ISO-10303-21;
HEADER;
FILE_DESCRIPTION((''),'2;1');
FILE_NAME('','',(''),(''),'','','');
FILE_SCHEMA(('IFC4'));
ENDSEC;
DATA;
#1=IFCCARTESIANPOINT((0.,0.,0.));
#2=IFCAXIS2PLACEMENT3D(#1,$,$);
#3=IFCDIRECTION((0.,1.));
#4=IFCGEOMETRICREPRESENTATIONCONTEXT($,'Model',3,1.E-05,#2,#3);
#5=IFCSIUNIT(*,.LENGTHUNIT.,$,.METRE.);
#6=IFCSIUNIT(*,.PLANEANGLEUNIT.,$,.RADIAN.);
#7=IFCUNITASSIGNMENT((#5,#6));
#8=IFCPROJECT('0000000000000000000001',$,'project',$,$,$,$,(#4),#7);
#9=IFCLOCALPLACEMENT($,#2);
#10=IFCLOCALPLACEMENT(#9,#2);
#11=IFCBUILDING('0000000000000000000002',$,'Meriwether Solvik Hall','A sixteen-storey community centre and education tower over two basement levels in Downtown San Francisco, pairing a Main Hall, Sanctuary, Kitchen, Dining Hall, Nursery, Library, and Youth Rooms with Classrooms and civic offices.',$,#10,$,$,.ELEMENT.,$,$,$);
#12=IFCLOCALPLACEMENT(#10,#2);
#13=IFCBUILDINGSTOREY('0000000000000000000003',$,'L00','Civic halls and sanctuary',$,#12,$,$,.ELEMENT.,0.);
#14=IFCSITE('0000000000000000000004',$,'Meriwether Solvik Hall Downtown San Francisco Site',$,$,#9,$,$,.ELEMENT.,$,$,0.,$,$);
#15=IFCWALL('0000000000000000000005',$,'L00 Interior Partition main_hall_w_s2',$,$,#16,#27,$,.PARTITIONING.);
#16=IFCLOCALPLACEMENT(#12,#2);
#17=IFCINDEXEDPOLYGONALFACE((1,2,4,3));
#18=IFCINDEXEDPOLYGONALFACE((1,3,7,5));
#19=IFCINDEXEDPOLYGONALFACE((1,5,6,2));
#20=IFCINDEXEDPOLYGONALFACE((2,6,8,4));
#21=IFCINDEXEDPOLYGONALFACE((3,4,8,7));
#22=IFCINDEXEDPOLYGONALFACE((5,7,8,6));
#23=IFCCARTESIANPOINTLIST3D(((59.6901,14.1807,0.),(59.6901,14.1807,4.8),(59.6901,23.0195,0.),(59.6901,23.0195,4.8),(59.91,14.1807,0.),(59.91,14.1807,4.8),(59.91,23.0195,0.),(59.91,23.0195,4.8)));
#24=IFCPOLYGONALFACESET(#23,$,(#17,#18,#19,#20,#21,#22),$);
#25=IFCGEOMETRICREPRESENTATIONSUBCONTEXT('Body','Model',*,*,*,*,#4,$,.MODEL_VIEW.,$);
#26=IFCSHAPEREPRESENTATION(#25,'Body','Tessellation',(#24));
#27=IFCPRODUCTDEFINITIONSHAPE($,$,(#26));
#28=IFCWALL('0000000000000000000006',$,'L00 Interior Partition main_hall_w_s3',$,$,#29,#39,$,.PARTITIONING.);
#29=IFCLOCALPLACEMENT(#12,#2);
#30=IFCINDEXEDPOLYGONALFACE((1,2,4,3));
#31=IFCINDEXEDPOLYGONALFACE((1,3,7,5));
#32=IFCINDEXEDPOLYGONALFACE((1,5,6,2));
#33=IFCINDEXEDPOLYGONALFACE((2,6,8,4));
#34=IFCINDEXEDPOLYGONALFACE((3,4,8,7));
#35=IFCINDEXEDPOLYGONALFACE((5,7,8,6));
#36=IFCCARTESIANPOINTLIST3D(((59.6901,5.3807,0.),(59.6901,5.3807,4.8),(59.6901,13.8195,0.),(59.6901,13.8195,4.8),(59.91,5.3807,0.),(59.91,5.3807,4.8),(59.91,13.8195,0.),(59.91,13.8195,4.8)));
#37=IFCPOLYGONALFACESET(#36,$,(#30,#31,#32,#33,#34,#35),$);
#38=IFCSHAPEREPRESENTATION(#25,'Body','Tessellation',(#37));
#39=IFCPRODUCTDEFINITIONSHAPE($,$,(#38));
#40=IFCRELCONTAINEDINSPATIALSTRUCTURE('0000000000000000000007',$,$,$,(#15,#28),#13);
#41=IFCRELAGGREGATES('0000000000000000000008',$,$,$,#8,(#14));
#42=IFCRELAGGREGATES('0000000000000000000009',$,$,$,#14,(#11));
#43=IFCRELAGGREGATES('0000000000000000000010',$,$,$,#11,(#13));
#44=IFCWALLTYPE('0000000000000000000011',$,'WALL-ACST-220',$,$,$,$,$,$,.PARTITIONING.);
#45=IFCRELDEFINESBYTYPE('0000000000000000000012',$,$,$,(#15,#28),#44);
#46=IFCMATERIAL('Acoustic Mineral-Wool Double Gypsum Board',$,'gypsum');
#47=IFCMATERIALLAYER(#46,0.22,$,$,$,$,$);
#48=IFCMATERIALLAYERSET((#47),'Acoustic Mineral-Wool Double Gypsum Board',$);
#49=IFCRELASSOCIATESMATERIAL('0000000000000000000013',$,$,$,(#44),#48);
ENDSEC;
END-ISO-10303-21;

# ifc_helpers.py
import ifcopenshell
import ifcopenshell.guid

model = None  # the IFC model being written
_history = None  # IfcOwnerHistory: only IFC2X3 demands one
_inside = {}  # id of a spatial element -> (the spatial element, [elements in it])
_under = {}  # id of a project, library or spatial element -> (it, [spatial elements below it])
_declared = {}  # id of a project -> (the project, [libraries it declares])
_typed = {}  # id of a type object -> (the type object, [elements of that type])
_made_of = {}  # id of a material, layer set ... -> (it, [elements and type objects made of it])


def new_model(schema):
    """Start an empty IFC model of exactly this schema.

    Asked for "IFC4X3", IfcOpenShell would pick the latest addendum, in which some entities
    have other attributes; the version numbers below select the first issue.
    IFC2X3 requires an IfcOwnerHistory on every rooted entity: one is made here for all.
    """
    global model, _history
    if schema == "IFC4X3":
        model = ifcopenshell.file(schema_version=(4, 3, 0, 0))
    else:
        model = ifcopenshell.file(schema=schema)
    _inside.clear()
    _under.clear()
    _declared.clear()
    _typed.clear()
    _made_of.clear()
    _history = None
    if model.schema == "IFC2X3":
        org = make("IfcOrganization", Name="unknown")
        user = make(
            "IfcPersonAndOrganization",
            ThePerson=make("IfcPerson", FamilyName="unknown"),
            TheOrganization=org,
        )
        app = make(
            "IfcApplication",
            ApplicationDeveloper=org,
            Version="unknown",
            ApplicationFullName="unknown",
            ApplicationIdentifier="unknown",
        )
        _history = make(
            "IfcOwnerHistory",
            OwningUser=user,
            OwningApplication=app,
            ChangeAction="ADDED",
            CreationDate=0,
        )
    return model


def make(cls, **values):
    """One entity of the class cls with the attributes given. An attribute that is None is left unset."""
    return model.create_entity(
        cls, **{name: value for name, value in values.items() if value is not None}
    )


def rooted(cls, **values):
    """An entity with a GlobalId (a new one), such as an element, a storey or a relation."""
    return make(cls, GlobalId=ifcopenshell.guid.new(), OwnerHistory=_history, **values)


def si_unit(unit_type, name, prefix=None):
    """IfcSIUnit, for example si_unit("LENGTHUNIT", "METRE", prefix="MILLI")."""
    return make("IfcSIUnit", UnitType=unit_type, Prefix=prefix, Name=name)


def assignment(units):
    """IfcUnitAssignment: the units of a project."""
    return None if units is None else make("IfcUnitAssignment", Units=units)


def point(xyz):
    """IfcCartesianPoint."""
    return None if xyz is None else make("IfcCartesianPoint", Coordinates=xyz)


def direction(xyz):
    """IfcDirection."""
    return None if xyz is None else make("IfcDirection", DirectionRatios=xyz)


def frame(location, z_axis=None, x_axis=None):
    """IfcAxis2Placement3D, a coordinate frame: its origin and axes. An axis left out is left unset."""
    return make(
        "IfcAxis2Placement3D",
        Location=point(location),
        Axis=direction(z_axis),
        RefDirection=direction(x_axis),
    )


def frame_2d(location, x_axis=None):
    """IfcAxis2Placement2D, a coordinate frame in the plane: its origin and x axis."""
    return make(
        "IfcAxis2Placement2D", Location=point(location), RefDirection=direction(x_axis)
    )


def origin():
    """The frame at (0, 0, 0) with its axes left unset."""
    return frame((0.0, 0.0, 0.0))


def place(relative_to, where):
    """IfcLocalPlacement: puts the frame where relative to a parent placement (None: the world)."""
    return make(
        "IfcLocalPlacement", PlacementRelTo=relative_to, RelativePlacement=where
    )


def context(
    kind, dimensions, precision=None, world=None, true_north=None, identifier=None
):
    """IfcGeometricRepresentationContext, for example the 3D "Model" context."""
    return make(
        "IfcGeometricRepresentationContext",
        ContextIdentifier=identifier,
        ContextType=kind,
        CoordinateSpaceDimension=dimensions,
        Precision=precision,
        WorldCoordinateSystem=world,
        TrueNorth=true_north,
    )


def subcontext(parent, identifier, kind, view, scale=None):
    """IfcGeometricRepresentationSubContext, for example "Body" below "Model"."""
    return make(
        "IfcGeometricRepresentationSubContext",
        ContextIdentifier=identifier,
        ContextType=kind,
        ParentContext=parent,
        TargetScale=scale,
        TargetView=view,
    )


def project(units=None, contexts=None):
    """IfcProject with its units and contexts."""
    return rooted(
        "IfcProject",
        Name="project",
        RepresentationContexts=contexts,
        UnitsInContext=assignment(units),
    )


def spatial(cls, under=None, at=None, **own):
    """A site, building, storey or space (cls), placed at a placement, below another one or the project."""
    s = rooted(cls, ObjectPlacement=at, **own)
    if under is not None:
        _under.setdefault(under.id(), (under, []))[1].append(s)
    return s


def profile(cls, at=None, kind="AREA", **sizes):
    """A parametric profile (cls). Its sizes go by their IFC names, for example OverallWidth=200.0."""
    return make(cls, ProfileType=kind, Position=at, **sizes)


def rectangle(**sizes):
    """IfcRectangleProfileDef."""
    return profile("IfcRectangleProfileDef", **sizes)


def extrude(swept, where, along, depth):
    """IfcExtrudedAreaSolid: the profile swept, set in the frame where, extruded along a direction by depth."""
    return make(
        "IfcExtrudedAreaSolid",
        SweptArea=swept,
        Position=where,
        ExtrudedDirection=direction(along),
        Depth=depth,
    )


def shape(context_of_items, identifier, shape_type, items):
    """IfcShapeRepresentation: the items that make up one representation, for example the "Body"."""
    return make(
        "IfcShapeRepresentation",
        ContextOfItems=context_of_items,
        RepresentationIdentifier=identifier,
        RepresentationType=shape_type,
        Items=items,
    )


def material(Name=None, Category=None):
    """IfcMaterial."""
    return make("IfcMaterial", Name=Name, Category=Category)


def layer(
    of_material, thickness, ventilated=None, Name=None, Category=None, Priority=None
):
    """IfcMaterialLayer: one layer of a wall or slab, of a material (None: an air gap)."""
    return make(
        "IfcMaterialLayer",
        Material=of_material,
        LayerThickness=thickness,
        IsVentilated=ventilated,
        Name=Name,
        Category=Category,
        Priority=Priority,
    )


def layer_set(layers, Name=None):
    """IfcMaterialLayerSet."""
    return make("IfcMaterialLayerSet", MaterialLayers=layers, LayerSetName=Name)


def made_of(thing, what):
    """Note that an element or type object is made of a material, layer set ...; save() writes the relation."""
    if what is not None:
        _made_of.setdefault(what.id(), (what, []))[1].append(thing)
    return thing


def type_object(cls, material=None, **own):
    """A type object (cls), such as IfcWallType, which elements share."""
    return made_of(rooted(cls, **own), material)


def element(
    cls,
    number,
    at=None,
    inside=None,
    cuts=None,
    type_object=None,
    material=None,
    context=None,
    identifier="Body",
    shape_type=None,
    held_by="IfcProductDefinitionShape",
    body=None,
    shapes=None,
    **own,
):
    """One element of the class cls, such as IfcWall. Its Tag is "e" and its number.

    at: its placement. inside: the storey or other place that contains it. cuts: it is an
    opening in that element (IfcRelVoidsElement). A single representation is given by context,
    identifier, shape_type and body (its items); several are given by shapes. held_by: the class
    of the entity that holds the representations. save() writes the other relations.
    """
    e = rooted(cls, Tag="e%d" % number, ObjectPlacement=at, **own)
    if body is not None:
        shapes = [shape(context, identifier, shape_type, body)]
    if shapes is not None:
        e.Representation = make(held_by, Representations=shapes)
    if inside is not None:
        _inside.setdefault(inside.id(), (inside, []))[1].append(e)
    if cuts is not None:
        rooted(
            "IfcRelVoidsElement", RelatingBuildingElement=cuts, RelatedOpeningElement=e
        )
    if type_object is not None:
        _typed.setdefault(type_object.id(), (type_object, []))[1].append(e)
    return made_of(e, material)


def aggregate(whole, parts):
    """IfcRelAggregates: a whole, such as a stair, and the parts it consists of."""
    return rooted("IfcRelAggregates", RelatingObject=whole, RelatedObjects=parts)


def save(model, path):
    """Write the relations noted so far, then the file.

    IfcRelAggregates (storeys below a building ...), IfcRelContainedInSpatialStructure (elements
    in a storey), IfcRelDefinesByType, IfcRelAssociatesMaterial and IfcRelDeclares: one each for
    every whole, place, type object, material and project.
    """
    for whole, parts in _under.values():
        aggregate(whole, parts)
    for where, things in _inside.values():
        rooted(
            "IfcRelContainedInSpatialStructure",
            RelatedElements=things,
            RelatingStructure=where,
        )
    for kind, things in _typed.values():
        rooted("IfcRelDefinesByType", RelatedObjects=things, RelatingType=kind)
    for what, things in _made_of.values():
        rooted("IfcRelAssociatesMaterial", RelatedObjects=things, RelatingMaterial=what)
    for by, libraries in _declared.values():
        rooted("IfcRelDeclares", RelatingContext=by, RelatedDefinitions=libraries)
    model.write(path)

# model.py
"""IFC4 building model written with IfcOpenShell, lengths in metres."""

from ifc_helpers import new_model, si_unit, direction, frame, frame_2d, origin, place, context, subcontext, project, spatial, rectangle, extrude, material, layer, layer_set, type_object, element, save


model = new_model("IFC4")

# Units and contexts
model_context = context("Model", 3, precision=1e-05, world=origin(), true_north=direction((0.0, 1.0)))
body_context = subcontext(model_context, "Body", "Model", "MODEL_VIEW")
ifc_project = project(units=[si_unit("LENGTHUNIT", "METRE"), si_unit("PLANEANGLEUNIT", "RADIAN")], contexts=[model_context])

# Site, building, storey
site_placement = place(None, origin())
site = spatial("IfcSite", under=ifc_project, at=site_placement, Name="Meriwether Solvik Hall Downtown San Francisco Site", CompositionType="ELEMENT", RefElevation=0.0)
building_placement = place(site_placement, origin())
building = spatial("IfcBuilding", under=site, at=building_placement, Name="Meriwether Solvik Hall", Description="A sixteen-storey community centre and education tower over two basement levels in Downtown San Francisco, pairing a Main Hall, Sanctuary, Kitchen, Dining Hall, Nursery, Library, and Youth Rooms with Classrooms and civic offices.", CompositionType="ELEMENT")
storey_placement = place(building_placement, origin())
storey = spatial("IfcBuildingStorey", under=building, at=storey_placement, Name="L00", Description="Civic halls and sanctuary", CompositionType="ELEMENT", Elevation=0.0)

# Walls
ifc_material_1 = material(Name="Acoustic Mineral-Wool Double Gypsum Board", Category="gypsum")
ifc_layer_1 = layer(ifc_material_1, 0.22)
ifc_layer_set_1 = layer_set([ifc_layer_1], Name="Acoustic Mineral-Wool Double Gypsum Board")
wall_type = type_object("IfcWallType", Name="WALL-ACST-220", PredefinedType="PARTITIONING", material=ifc_layer_set_1)
wall_1_placement = place(storey_placement, frame((59.8, 23.0195, 0.0), z_axis=(0.0, 0.0, 1.0), x_axis=(0.0, -1.0, 0.0)))
element("IfcWall", 1, at=wall_1_placement, inside=storey, type_object=wall_type, Name="L00 Interior Partition main_hall_w_s2", PredefinedType="PARTITIONING", context=body_context, shape_type="SweptSolid", body=[
    extrude(rectangle(XDim=8.8389, YDim=0.22, at=frame_2d((4.4194, 0.0))), origin(), (0.0, 0.0, 1.0), 4.8),
])
wall_2_placement = place(storey_placement, frame((59.8, 13.8193, 0.0), z_axis=(0.0, 0.0, 1.0), x_axis=(0.0, -1.0, 0.0)))
element("IfcWall", 2, at=wall_2_placement, inside=storey, type_object=wall_type, Name="L00 Interior Partition main_hall_w_s3", PredefinedType="PARTITIONING", context=body_context, shape_type="SweptSolid", body=[
    extrude(rectangle(XDim=8.4387, YDim=0.22, at=frame_2d((4.2192, 0.0))), origin(), (0.0, 0.0, 1.0), 4.8),
])

save(model, "model.ifc")
